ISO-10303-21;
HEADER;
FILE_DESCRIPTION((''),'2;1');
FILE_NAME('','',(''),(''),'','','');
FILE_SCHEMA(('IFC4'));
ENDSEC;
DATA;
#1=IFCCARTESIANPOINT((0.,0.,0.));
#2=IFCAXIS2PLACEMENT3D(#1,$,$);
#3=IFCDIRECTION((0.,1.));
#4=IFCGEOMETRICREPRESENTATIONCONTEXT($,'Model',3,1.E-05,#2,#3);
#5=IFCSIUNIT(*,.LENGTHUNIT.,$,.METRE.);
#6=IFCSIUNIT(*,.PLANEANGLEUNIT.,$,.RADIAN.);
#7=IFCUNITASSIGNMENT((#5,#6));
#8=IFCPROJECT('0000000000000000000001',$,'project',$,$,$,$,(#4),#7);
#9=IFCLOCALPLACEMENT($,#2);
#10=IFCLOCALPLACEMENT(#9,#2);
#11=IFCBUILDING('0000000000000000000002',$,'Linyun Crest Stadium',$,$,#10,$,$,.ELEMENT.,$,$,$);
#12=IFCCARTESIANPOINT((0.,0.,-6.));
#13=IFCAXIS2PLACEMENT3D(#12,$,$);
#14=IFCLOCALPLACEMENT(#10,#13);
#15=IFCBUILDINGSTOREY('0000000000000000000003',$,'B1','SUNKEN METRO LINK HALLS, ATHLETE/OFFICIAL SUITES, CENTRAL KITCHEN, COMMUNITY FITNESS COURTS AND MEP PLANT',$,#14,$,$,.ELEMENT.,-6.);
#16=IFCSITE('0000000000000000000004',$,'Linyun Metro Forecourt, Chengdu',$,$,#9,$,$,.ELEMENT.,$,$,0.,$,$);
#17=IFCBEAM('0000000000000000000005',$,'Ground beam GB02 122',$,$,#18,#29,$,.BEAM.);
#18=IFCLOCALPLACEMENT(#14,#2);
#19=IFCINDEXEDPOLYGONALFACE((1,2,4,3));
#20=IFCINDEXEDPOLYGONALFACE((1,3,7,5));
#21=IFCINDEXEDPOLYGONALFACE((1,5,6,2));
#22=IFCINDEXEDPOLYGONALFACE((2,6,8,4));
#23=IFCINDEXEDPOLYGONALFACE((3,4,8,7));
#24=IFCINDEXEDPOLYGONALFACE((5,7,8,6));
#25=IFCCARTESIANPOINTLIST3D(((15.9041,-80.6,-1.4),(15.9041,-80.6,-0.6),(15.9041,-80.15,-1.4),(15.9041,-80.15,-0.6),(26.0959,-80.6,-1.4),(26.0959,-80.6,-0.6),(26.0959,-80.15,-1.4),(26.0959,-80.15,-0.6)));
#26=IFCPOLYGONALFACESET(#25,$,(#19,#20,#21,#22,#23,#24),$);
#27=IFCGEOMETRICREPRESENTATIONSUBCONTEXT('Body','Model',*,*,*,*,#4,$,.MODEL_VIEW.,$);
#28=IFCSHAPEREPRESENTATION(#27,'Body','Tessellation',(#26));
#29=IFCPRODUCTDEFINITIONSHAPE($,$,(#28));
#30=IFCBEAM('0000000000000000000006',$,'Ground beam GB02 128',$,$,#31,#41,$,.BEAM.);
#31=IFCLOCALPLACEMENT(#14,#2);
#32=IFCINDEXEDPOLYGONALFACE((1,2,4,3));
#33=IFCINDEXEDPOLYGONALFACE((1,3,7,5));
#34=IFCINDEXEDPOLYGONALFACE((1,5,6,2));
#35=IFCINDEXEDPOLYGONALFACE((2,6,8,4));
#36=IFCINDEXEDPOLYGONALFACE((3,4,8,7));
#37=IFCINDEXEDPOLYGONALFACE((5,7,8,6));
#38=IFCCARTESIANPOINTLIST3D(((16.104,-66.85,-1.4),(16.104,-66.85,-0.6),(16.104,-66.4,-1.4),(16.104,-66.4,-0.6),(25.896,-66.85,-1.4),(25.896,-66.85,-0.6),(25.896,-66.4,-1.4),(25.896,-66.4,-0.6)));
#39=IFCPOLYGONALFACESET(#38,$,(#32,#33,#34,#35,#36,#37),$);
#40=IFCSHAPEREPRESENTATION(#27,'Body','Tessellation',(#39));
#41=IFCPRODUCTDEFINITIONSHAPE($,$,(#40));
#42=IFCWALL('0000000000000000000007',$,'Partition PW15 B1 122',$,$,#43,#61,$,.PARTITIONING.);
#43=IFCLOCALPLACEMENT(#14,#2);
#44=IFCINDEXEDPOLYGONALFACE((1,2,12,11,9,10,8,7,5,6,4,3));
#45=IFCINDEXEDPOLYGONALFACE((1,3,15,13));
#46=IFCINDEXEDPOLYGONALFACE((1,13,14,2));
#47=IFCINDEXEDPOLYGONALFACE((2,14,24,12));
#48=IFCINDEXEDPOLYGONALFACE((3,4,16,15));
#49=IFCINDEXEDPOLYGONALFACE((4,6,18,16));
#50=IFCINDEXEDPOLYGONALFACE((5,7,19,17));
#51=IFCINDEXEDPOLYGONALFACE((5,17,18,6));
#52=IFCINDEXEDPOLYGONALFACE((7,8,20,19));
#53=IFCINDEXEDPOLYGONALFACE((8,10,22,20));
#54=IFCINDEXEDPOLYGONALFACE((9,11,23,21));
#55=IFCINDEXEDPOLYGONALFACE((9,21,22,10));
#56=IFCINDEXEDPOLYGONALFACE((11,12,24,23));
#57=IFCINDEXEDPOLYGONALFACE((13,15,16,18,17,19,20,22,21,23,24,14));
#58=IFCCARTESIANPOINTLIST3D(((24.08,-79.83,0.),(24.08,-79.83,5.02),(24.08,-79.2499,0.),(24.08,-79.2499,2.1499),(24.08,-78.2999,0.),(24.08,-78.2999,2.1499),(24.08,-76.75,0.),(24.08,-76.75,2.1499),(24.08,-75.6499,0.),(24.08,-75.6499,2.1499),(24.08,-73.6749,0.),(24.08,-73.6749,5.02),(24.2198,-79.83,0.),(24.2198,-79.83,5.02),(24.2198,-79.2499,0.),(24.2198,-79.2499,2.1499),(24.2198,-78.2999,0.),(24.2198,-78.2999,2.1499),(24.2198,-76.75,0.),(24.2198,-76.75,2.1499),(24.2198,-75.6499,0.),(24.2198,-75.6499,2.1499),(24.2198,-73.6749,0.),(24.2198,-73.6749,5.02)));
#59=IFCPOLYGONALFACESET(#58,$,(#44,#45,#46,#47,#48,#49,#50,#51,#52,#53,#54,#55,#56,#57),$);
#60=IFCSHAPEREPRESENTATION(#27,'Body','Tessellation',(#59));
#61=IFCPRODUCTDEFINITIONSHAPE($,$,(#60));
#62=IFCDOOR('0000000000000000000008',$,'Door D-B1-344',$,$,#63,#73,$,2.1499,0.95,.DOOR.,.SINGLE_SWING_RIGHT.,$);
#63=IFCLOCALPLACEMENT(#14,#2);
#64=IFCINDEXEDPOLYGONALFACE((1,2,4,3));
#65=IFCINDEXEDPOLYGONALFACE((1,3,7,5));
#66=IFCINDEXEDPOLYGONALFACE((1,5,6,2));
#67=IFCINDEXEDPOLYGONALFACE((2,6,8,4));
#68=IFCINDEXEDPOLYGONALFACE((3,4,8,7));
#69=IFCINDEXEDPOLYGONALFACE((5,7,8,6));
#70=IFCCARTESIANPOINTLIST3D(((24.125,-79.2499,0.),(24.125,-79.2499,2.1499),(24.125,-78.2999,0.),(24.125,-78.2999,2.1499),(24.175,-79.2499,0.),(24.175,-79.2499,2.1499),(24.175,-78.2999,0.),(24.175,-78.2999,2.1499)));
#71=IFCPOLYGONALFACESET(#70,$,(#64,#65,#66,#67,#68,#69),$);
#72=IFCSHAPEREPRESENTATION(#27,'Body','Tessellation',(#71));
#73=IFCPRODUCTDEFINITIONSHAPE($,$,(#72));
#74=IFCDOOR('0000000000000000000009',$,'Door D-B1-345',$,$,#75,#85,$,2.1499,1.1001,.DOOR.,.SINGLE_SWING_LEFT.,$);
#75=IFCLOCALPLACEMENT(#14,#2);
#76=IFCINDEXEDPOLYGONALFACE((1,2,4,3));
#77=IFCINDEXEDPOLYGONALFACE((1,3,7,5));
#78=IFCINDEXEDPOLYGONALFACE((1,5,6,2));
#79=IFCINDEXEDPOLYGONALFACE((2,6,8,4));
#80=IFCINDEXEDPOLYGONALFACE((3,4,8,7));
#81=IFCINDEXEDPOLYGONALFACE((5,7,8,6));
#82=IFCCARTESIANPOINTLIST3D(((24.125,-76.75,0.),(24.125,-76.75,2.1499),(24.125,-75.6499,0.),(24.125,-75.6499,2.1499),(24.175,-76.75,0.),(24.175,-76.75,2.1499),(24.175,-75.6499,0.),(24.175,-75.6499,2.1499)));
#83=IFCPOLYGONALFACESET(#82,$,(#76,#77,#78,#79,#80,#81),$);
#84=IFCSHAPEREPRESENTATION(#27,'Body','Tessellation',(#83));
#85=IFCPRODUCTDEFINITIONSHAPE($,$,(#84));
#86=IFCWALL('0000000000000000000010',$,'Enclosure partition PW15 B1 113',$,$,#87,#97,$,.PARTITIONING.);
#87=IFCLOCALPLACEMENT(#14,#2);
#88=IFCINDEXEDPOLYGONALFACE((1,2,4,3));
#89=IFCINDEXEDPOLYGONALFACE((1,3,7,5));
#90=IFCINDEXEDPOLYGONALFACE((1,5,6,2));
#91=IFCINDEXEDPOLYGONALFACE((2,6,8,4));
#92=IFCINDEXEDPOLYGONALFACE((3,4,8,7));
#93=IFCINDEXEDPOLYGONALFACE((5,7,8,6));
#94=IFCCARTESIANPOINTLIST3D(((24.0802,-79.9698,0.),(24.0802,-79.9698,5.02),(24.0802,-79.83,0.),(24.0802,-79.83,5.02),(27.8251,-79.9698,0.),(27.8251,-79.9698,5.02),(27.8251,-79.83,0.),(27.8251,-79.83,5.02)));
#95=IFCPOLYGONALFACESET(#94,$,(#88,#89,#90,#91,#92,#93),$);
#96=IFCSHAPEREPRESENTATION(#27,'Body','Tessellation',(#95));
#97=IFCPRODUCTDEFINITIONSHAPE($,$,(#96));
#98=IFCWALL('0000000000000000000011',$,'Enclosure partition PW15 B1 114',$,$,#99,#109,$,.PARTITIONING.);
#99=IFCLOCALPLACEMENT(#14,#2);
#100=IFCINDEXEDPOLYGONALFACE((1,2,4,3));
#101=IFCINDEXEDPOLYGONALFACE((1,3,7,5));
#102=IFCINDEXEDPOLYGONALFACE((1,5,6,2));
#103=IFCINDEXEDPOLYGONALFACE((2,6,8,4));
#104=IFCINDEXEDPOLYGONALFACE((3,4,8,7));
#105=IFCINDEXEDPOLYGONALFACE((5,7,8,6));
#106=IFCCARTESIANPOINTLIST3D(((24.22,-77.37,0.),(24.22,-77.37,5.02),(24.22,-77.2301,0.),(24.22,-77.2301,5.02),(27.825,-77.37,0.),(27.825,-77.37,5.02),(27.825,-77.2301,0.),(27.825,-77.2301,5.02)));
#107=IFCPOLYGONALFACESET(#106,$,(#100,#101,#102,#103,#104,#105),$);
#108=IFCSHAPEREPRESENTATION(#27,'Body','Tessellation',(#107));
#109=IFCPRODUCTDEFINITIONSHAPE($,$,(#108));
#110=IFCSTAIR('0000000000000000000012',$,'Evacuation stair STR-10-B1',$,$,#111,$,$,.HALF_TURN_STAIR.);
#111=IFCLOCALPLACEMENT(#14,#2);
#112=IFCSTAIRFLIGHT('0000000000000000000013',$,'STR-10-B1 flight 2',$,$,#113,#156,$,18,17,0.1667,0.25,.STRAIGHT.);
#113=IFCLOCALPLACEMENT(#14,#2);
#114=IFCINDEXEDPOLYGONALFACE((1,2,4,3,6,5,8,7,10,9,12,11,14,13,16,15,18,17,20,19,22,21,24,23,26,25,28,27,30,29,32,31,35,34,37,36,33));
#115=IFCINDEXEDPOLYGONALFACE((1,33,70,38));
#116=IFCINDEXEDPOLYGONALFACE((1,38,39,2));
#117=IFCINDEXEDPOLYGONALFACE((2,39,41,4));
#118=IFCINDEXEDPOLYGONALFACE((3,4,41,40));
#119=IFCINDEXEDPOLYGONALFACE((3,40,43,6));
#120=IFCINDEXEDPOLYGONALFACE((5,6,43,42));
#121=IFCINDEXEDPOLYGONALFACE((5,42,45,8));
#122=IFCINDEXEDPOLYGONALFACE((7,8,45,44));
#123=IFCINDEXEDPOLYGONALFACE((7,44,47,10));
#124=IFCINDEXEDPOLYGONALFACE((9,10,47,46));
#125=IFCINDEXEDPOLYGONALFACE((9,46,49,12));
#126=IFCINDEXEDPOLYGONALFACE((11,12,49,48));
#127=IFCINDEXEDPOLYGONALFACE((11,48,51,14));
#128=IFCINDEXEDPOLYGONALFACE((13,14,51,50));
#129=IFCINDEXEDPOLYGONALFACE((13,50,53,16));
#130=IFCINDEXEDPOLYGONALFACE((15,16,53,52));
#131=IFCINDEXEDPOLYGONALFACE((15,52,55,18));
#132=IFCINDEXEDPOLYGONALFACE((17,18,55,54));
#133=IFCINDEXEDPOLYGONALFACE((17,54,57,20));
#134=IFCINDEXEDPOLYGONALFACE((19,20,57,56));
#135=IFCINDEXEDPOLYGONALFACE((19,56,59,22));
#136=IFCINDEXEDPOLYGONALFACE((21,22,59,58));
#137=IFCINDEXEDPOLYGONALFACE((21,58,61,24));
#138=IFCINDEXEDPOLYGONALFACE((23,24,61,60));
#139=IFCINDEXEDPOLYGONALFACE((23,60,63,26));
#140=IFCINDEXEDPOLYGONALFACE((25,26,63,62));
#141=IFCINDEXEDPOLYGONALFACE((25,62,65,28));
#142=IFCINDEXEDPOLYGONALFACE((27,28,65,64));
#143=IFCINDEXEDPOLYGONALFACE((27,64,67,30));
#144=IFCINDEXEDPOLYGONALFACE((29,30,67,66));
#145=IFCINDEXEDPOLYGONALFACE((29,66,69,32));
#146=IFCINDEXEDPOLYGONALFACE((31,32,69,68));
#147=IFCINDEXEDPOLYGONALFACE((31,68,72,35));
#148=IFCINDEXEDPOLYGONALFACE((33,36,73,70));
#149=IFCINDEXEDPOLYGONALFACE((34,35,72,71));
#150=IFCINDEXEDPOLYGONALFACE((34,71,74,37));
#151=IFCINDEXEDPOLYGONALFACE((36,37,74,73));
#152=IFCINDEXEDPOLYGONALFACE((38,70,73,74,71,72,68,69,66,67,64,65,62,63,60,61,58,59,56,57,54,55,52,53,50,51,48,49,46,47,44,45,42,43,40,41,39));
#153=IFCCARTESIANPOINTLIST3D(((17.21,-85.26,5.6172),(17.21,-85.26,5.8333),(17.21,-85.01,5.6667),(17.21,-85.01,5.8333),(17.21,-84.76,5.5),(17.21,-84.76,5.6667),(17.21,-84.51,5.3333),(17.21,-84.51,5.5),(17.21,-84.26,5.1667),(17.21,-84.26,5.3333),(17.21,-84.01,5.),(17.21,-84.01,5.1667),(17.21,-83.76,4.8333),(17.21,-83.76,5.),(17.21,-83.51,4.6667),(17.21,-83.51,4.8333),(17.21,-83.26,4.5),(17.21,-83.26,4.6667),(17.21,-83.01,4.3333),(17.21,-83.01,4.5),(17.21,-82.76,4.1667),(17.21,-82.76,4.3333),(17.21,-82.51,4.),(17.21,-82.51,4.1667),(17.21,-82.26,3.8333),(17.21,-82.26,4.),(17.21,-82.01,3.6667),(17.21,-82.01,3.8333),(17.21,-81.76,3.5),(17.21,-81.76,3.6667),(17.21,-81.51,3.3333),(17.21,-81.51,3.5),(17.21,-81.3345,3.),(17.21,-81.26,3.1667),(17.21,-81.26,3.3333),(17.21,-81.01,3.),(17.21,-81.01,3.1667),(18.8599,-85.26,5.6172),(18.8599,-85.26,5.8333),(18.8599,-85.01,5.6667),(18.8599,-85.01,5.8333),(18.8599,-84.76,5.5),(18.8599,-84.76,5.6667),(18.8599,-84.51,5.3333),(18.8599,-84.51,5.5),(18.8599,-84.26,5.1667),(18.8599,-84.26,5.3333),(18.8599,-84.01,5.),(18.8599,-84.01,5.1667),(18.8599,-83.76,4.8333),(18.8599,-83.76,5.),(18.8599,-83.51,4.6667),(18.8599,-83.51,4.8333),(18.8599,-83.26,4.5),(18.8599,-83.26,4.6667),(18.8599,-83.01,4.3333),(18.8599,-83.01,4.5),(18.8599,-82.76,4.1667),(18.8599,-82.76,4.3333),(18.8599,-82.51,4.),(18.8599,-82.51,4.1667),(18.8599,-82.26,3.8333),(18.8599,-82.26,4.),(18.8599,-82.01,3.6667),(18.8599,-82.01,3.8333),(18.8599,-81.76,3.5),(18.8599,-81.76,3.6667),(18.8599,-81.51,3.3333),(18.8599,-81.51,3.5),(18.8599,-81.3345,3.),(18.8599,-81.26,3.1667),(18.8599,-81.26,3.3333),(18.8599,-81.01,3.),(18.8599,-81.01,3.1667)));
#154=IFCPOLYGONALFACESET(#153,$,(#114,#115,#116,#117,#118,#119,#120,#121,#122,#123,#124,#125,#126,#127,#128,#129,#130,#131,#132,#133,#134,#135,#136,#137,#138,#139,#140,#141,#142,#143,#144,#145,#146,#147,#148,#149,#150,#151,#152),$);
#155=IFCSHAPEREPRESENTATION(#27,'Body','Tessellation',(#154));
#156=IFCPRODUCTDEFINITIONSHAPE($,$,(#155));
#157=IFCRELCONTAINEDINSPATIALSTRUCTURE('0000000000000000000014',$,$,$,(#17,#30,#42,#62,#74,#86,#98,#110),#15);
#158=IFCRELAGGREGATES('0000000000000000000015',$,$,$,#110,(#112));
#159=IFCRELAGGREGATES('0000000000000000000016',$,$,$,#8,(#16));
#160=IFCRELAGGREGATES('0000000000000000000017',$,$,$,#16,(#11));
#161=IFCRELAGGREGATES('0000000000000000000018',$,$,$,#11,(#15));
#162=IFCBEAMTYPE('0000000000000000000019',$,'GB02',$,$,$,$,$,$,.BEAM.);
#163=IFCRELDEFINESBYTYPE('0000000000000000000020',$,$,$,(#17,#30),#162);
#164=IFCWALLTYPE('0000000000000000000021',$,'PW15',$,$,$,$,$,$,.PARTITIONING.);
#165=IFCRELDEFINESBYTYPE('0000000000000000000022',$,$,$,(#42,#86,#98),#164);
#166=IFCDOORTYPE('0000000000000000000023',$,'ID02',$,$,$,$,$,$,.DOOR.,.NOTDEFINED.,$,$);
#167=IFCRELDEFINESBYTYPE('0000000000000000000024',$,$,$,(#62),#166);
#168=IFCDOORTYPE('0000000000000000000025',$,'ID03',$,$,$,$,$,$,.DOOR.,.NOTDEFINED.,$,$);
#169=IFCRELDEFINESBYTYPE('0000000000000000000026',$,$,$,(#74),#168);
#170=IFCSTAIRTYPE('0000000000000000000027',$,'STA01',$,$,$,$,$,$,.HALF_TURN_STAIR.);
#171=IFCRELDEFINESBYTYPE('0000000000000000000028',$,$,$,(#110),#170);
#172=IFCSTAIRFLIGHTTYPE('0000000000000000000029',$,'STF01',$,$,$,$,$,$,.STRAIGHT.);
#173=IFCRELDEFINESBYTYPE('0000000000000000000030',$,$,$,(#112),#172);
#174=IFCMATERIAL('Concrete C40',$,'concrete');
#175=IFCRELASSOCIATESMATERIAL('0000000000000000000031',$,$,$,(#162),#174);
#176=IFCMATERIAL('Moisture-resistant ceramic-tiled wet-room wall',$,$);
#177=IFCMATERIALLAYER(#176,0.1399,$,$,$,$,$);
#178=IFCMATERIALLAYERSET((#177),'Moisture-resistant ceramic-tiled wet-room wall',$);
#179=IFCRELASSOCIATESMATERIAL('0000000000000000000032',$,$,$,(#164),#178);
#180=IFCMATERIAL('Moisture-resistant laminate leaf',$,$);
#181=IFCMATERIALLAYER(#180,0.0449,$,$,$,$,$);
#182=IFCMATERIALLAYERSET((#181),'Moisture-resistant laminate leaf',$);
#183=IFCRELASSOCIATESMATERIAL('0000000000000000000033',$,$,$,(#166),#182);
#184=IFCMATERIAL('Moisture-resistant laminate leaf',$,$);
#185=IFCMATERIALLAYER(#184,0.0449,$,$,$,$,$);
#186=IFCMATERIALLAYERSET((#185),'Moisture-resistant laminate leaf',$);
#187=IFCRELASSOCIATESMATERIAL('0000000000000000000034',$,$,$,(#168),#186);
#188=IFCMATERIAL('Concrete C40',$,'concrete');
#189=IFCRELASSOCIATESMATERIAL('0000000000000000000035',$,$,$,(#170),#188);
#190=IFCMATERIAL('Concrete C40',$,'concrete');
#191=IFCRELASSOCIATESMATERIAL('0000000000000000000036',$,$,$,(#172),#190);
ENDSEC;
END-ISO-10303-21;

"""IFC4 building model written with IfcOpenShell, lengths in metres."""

from ifc_helpers import new_model, si_unit, direction, frame, frame_2d, origin, origin_2d, place, context, subcontext, project, spatial, polyline, rectangle, outline, extrude, material, layer, layer_set, material_profile, profile_set, type_object, element, fill, aggregate, save


model = new_model("IFC4")

# Units and contexts
model_context = context("Model", 3, precision=1e-05, world=origin(), true_north=direction((0.0, 1.0)))
body_context = subcontext(model_context, "Body", "Model", "MODEL_VIEW")
ifc_project = project(units=[si_unit("LENGTHUNIT", "METRE"), si_unit("PLANEANGLEUNIT", "RADIAN")], contexts=[model_context])

# Site, building, storey
site_placement = place(None, origin())
site = spatial("IfcSite", under=ifc_project, at=site_placement, Name="Linyun Metro Forecourt, Chengdu", CompositionType="ELEMENT", RefElevation=0.0)
building_placement = place(site_placement, origin())
building = spatial("IfcBuilding", under=site, at=building_placement, Name="Linyun Crest Stadium", CompositionType="ELEMENT")
storey_placement = place(building_placement, frame((0.0, 0.0, -6.0)))
storey = spatial("IfcBuildingStorey", under=building, at=storey_placement, Name="B1", Description="SUNKEN METRO LINK HALLS, ATHLETE/OFFICIAL SUITES, CENTRAL KITCHEN, COMMUNITY FITNESS COURTS AND MEP PLANT", CompositionType="ELEMENT", Elevation=-6.0)

# Beams
ifc_material_1 = material(Name="Concrete C40", Category="concrete")
ifc_material_profile_1 = material_profile(ifc_material_1, rectangle(XDim=0.45, YDim=0.8, at=origin_2d()), Name="RCB 800x450")
ifc_profile_set_1 = profile_set([ifc_material_profile_1], Name="Concrete C40")
beam_type_1 = type_object("IfcBeamType", Name="GB02", PredefinedType="BEAM", material=ifc_profile_set_1)
beam_1_placement = place(storey_placement, frame((15.9041, -80.375, -1.0), z_axis=(1.0, 0.0, 0.0), x_axis=(0.0, 1.0, 0.0)))
element("IfcBeam", 1, at=beam_1_placement, inside=storey, type_object=beam_type_1, Name="Ground beam GB02 122", PredefinedType="BEAM", context=body_context, shape_type="SweptSolid", body=[
    extrude(rectangle(XDim=0.45, YDim=0.8, at=origin_2d()), origin(), (0.0, 0.0, 1.0), 10.1919),
])
beam_2_placement = place(storey_placement, frame((16.104, -66.625, -1.0), z_axis=(1.0, 0.0, 0.0), x_axis=(0.0, 1.0, 0.0)))
element("IfcBeam", 2, at=beam_2_placement, inside=storey, type_object=beam_type_1, Name="Ground beam GB02 128", PredefinedType="BEAM", context=body_context, shape_type="SweptSolid", body=[
    extrude(rectangle(XDim=0.45, YDim=0.8, at=origin_2d()), origin(), (0.0, 0.0, 1.0), 9.792),
])

# Wall, openings, doors
ifc_material_2 = material(Name="Moisture-resistant ceramic-tiled wet-room wall")
ifc_layer_1 = layer(ifc_material_2, 0.1399)
ifc_layer_set_1 = layer_set([ifc_layer_1], Name="Moisture-resistant ceramic-tiled wet-room wall")
wall_type = type_object("IfcWallType", Name="PW15", PredefinedType="PARTITIONING", material=ifc_layer_set_1)
wall_1_placement = place(storey_placement, frame((24.1499, -79.8301, 0.0), z_axis=(0.0, 0.0, 1.0), x_axis=(0.0, 1.0, 0.0)))
wall_1 = element("IfcWall", 3, at=wall_1_placement, inside=storey, type_object=wall_type, Name="Partition PW15 B1 122", PredefinedType="PARTITIONING", context=body_context, shape_type="SweptSolid", body=[
    extrude(rectangle(XDim=6.155, YDim=0.1399, at=frame_2d((3.0776, 0.0))), origin(), (0.0, 0.0, 1.0), 5.02),
])
opening_1_placement = place(wall_1_placement, frame((0.5801, 0.0, 0.0)))
opening_1 = element("IfcOpeningElement", 4, at=opening_1_placement, cuts=wall_1, PredefinedType="OPENING", context=body_context, shape_type="SweptSolid", body=[
    extrude(rectangle(XDim=0.95, YDim=2.1499, at=frame_2d((0.4751, 1.075))), frame((0.0, 0.0798, 0.0), z_axis=(0.0, -1.0, 0.0), x_axis=(1.0, 0.0, 0.0)), (0.0, 0.0, 1.0), 0.1599),
])
opening_2_placement = place(wall_1_placement, frame((3.0801, 0.0, 0.0)))
opening_2 = element("IfcOpeningElement", 5, at=opening_2_placement, cuts=wall_1, PredefinedType="OPENING", context=body_context, shape_type="SweptSolid", body=[
    extrude(rectangle(XDim=1.1001, YDim=2.1499, at=frame_2d((0.55, 1.075))), frame((0.0, 0.0798, 0.0), z_axis=(0.0, -1.0, 0.0), x_axis=(1.0, 0.0, 0.0)), (0.0, 0.0, 1.0), 0.1599),
])
ifc_material_3 = material(Name="Moisture-resistant laminate leaf")
ifc_layer_2 = layer(ifc_material_3, 0.0449)
ifc_layer_set_2 = layer_set([ifc_layer_2], Name="Moisture-resistant laminate leaf")
door_type_1 = type_object("IfcDoorType", Name="ID02", OperationType="NOTDEFINED", PredefinedType="DOOR", material=ifc_layer_set_2)
door_1_placement = place(opening_1_placement, origin())
door_1 = element("IfcDoor", 6, at=door_1_placement, inside=storey, type_object=door_type_1, Name="Door D-B1-344", OperationType="SINGLE_SWING_RIGHT", OverallHeight=2.1499, OverallWidth=0.95, PredefinedType="DOOR", context=body_context, shape_type="SweptSolid", body=[
    extrude(rectangle(XDim=0.95, YDim=2.1499, at=frame_2d((0.4751, 1.075))), frame((0.0, 0.0249, 0.0), z_axis=(0.0, -1.0, 0.0), x_axis=(1.0, 0.0, 0.0)), (0.0, 0.0, 1.0), 0.05),
])
fill(opening_1, door_1)
ifc_material_4 = material(Name="Moisture-resistant laminate leaf")
ifc_layer_3 = layer(ifc_material_4, 0.0449)
ifc_layer_set_3 = layer_set([ifc_layer_3], Name="Moisture-resistant laminate leaf")
door_type_2 = type_object("IfcDoorType", Name="ID03", OperationType="NOTDEFINED", PredefinedType="DOOR", material=ifc_layer_set_3)
door_2_placement = place(opening_2_placement, origin())
door_2 = element("IfcDoor", 7, at=door_2_placement, inside=storey, type_object=door_type_2, Name="Door D-B1-345", OperationType="SINGLE_SWING_LEFT", OverallHeight=2.1499, OverallWidth=1.1001, PredefinedType="DOOR", context=body_context, shape_type="SweptSolid", body=[
    extrude(rectangle(XDim=1.1001, YDim=2.1499, at=frame_2d((0.55, 1.075))), frame((0.0, 0.0249, 0.0), z_axis=(0.0, -1.0, 0.0), x_axis=(1.0, 0.0, 0.0)), (0.0, 0.0, 1.0), 0.05),
])
fill(opening_2, door_2)

# Walls
wall_2_placement = place(storey_placement, frame((24.0801, -79.8999, 0.0), z_axis=(0.0, 0.0, 1.0), x_axis=(1.0, 0.0, 0.0)))
element("IfcWall", 8, at=wall_2_placement, inside=storey, type_object=wall_type, Name="Enclosure partition PW15 B1 113", PredefinedType="PARTITIONING", context=body_context, shape_type="SweptSolid", body=[
    extrude(rectangle(XDim=3.7449, YDim=0.1399, at=frame_2d((1.8726, 0.0))), origin(), (0.0, 0.0, 1.0), 5.02),
])
wall_3_placement = place(storey_placement, frame((24.22, -77.3, 0.0), z_axis=(0.0, 0.0, 1.0), x_axis=(1.0, 0.0, 0.0)))
element("IfcWall", 9, at=wall_3_placement, inside=storey, type_object=wall_type, Name="Enclosure partition PW15 B1 114", PredefinedType="PARTITIONING", context=body_context, shape_type="SweptSolid", body=[
    extrude(rectangle(XDim=3.605, YDim=0.1399, at=frame_2d((1.8025, 0.0))), origin(), (0.0, 0.0, 1.0), 5.02),
])

# Stair, stair flight
ifc_material_5 = material(Name="Concrete C40", Category="concrete")
stair_type = type_object("IfcStairType", Name="STA01", PredefinedType="HALF_TURN_STAIR", material=ifc_material_5)
stair_placement = place(storey_placement, origin())
stair = element("IfcStair", 10, at=stair_placement, inside=storey, type_object=stair_type, Name="Evacuation stair STR-10-B1", PredefinedType="HALF_TURN_STAIR")
ifc_material_6 = material(Name="Concrete C40", Category="concrete")
stair_flight_type = type_object("IfcStairFlightType", Name="STF01", PredefinedType="STRAIGHT", material=ifc_material_6)
stair_flight_placement = place(storey_placement, frame((18.0349, -81.01, 3.0), z_axis=(0.0, 0.0, 1.0), x_axis=(0.0, -1.0, 0.0)))
stair_flight = element("IfcStairFlight", 11, at=stair_flight_placement, type_object=stair_flight_type, Name="STR-10-B1 flight 2", NumberOfRisers=18, NumberOfTreads=17, PredefinedType="STRAIGHT", RiserHeight=0.1667, TreadLength=0.25, context=body_context, shape_type="SweptSolid", body=[
    extrude(outline(polyline([(0.0, 0.0), (0.0, 0.1667), (0.25, 0.1667), (0.25, 0.3333), (0.5, 0.3333), (0.5, 0.5), (0.75, 0.5), (0.75, 0.6667), (1.0, 0.6667), (1.0, 0.8333), (1.25, 0.8333), (1.25, 1.0), (1.5, 1.0), (1.5, 1.1667), (1.75, 1.1667), (1.75, 1.3333), (2.0, 1.3333), (2.0, 1.5), (2.25, 1.5), (2.25, 1.6667), (2.5, 1.6667), (2.5, 1.8333), (2.75, 1.8333), (2.75, 2.0), (3.0, 2.0), (3.0, 2.1667), (3.25, 2.1667), (3.25, 2.3333), (3.5, 2.3333), (3.5, 2.5), (3.75, 2.5), (3.75, 2.6667), (4.0, 2.6667), (4.0, 2.8333), (4.25, 2.8333), (4.25, 3.0), (4.25, 2.6172), (0.3245, 0.0), (0.0, 0.0)])), frame((0.0, 0.825, 0.0), z_axis=(0.0, -1.0, 0.0), x_axis=(1.0, 0.0, 0.0)), (0.0, 0.0, 1.0), 1.6499),
])
aggregate(stair, [stair_flight])

save(model, "model.ifc")
